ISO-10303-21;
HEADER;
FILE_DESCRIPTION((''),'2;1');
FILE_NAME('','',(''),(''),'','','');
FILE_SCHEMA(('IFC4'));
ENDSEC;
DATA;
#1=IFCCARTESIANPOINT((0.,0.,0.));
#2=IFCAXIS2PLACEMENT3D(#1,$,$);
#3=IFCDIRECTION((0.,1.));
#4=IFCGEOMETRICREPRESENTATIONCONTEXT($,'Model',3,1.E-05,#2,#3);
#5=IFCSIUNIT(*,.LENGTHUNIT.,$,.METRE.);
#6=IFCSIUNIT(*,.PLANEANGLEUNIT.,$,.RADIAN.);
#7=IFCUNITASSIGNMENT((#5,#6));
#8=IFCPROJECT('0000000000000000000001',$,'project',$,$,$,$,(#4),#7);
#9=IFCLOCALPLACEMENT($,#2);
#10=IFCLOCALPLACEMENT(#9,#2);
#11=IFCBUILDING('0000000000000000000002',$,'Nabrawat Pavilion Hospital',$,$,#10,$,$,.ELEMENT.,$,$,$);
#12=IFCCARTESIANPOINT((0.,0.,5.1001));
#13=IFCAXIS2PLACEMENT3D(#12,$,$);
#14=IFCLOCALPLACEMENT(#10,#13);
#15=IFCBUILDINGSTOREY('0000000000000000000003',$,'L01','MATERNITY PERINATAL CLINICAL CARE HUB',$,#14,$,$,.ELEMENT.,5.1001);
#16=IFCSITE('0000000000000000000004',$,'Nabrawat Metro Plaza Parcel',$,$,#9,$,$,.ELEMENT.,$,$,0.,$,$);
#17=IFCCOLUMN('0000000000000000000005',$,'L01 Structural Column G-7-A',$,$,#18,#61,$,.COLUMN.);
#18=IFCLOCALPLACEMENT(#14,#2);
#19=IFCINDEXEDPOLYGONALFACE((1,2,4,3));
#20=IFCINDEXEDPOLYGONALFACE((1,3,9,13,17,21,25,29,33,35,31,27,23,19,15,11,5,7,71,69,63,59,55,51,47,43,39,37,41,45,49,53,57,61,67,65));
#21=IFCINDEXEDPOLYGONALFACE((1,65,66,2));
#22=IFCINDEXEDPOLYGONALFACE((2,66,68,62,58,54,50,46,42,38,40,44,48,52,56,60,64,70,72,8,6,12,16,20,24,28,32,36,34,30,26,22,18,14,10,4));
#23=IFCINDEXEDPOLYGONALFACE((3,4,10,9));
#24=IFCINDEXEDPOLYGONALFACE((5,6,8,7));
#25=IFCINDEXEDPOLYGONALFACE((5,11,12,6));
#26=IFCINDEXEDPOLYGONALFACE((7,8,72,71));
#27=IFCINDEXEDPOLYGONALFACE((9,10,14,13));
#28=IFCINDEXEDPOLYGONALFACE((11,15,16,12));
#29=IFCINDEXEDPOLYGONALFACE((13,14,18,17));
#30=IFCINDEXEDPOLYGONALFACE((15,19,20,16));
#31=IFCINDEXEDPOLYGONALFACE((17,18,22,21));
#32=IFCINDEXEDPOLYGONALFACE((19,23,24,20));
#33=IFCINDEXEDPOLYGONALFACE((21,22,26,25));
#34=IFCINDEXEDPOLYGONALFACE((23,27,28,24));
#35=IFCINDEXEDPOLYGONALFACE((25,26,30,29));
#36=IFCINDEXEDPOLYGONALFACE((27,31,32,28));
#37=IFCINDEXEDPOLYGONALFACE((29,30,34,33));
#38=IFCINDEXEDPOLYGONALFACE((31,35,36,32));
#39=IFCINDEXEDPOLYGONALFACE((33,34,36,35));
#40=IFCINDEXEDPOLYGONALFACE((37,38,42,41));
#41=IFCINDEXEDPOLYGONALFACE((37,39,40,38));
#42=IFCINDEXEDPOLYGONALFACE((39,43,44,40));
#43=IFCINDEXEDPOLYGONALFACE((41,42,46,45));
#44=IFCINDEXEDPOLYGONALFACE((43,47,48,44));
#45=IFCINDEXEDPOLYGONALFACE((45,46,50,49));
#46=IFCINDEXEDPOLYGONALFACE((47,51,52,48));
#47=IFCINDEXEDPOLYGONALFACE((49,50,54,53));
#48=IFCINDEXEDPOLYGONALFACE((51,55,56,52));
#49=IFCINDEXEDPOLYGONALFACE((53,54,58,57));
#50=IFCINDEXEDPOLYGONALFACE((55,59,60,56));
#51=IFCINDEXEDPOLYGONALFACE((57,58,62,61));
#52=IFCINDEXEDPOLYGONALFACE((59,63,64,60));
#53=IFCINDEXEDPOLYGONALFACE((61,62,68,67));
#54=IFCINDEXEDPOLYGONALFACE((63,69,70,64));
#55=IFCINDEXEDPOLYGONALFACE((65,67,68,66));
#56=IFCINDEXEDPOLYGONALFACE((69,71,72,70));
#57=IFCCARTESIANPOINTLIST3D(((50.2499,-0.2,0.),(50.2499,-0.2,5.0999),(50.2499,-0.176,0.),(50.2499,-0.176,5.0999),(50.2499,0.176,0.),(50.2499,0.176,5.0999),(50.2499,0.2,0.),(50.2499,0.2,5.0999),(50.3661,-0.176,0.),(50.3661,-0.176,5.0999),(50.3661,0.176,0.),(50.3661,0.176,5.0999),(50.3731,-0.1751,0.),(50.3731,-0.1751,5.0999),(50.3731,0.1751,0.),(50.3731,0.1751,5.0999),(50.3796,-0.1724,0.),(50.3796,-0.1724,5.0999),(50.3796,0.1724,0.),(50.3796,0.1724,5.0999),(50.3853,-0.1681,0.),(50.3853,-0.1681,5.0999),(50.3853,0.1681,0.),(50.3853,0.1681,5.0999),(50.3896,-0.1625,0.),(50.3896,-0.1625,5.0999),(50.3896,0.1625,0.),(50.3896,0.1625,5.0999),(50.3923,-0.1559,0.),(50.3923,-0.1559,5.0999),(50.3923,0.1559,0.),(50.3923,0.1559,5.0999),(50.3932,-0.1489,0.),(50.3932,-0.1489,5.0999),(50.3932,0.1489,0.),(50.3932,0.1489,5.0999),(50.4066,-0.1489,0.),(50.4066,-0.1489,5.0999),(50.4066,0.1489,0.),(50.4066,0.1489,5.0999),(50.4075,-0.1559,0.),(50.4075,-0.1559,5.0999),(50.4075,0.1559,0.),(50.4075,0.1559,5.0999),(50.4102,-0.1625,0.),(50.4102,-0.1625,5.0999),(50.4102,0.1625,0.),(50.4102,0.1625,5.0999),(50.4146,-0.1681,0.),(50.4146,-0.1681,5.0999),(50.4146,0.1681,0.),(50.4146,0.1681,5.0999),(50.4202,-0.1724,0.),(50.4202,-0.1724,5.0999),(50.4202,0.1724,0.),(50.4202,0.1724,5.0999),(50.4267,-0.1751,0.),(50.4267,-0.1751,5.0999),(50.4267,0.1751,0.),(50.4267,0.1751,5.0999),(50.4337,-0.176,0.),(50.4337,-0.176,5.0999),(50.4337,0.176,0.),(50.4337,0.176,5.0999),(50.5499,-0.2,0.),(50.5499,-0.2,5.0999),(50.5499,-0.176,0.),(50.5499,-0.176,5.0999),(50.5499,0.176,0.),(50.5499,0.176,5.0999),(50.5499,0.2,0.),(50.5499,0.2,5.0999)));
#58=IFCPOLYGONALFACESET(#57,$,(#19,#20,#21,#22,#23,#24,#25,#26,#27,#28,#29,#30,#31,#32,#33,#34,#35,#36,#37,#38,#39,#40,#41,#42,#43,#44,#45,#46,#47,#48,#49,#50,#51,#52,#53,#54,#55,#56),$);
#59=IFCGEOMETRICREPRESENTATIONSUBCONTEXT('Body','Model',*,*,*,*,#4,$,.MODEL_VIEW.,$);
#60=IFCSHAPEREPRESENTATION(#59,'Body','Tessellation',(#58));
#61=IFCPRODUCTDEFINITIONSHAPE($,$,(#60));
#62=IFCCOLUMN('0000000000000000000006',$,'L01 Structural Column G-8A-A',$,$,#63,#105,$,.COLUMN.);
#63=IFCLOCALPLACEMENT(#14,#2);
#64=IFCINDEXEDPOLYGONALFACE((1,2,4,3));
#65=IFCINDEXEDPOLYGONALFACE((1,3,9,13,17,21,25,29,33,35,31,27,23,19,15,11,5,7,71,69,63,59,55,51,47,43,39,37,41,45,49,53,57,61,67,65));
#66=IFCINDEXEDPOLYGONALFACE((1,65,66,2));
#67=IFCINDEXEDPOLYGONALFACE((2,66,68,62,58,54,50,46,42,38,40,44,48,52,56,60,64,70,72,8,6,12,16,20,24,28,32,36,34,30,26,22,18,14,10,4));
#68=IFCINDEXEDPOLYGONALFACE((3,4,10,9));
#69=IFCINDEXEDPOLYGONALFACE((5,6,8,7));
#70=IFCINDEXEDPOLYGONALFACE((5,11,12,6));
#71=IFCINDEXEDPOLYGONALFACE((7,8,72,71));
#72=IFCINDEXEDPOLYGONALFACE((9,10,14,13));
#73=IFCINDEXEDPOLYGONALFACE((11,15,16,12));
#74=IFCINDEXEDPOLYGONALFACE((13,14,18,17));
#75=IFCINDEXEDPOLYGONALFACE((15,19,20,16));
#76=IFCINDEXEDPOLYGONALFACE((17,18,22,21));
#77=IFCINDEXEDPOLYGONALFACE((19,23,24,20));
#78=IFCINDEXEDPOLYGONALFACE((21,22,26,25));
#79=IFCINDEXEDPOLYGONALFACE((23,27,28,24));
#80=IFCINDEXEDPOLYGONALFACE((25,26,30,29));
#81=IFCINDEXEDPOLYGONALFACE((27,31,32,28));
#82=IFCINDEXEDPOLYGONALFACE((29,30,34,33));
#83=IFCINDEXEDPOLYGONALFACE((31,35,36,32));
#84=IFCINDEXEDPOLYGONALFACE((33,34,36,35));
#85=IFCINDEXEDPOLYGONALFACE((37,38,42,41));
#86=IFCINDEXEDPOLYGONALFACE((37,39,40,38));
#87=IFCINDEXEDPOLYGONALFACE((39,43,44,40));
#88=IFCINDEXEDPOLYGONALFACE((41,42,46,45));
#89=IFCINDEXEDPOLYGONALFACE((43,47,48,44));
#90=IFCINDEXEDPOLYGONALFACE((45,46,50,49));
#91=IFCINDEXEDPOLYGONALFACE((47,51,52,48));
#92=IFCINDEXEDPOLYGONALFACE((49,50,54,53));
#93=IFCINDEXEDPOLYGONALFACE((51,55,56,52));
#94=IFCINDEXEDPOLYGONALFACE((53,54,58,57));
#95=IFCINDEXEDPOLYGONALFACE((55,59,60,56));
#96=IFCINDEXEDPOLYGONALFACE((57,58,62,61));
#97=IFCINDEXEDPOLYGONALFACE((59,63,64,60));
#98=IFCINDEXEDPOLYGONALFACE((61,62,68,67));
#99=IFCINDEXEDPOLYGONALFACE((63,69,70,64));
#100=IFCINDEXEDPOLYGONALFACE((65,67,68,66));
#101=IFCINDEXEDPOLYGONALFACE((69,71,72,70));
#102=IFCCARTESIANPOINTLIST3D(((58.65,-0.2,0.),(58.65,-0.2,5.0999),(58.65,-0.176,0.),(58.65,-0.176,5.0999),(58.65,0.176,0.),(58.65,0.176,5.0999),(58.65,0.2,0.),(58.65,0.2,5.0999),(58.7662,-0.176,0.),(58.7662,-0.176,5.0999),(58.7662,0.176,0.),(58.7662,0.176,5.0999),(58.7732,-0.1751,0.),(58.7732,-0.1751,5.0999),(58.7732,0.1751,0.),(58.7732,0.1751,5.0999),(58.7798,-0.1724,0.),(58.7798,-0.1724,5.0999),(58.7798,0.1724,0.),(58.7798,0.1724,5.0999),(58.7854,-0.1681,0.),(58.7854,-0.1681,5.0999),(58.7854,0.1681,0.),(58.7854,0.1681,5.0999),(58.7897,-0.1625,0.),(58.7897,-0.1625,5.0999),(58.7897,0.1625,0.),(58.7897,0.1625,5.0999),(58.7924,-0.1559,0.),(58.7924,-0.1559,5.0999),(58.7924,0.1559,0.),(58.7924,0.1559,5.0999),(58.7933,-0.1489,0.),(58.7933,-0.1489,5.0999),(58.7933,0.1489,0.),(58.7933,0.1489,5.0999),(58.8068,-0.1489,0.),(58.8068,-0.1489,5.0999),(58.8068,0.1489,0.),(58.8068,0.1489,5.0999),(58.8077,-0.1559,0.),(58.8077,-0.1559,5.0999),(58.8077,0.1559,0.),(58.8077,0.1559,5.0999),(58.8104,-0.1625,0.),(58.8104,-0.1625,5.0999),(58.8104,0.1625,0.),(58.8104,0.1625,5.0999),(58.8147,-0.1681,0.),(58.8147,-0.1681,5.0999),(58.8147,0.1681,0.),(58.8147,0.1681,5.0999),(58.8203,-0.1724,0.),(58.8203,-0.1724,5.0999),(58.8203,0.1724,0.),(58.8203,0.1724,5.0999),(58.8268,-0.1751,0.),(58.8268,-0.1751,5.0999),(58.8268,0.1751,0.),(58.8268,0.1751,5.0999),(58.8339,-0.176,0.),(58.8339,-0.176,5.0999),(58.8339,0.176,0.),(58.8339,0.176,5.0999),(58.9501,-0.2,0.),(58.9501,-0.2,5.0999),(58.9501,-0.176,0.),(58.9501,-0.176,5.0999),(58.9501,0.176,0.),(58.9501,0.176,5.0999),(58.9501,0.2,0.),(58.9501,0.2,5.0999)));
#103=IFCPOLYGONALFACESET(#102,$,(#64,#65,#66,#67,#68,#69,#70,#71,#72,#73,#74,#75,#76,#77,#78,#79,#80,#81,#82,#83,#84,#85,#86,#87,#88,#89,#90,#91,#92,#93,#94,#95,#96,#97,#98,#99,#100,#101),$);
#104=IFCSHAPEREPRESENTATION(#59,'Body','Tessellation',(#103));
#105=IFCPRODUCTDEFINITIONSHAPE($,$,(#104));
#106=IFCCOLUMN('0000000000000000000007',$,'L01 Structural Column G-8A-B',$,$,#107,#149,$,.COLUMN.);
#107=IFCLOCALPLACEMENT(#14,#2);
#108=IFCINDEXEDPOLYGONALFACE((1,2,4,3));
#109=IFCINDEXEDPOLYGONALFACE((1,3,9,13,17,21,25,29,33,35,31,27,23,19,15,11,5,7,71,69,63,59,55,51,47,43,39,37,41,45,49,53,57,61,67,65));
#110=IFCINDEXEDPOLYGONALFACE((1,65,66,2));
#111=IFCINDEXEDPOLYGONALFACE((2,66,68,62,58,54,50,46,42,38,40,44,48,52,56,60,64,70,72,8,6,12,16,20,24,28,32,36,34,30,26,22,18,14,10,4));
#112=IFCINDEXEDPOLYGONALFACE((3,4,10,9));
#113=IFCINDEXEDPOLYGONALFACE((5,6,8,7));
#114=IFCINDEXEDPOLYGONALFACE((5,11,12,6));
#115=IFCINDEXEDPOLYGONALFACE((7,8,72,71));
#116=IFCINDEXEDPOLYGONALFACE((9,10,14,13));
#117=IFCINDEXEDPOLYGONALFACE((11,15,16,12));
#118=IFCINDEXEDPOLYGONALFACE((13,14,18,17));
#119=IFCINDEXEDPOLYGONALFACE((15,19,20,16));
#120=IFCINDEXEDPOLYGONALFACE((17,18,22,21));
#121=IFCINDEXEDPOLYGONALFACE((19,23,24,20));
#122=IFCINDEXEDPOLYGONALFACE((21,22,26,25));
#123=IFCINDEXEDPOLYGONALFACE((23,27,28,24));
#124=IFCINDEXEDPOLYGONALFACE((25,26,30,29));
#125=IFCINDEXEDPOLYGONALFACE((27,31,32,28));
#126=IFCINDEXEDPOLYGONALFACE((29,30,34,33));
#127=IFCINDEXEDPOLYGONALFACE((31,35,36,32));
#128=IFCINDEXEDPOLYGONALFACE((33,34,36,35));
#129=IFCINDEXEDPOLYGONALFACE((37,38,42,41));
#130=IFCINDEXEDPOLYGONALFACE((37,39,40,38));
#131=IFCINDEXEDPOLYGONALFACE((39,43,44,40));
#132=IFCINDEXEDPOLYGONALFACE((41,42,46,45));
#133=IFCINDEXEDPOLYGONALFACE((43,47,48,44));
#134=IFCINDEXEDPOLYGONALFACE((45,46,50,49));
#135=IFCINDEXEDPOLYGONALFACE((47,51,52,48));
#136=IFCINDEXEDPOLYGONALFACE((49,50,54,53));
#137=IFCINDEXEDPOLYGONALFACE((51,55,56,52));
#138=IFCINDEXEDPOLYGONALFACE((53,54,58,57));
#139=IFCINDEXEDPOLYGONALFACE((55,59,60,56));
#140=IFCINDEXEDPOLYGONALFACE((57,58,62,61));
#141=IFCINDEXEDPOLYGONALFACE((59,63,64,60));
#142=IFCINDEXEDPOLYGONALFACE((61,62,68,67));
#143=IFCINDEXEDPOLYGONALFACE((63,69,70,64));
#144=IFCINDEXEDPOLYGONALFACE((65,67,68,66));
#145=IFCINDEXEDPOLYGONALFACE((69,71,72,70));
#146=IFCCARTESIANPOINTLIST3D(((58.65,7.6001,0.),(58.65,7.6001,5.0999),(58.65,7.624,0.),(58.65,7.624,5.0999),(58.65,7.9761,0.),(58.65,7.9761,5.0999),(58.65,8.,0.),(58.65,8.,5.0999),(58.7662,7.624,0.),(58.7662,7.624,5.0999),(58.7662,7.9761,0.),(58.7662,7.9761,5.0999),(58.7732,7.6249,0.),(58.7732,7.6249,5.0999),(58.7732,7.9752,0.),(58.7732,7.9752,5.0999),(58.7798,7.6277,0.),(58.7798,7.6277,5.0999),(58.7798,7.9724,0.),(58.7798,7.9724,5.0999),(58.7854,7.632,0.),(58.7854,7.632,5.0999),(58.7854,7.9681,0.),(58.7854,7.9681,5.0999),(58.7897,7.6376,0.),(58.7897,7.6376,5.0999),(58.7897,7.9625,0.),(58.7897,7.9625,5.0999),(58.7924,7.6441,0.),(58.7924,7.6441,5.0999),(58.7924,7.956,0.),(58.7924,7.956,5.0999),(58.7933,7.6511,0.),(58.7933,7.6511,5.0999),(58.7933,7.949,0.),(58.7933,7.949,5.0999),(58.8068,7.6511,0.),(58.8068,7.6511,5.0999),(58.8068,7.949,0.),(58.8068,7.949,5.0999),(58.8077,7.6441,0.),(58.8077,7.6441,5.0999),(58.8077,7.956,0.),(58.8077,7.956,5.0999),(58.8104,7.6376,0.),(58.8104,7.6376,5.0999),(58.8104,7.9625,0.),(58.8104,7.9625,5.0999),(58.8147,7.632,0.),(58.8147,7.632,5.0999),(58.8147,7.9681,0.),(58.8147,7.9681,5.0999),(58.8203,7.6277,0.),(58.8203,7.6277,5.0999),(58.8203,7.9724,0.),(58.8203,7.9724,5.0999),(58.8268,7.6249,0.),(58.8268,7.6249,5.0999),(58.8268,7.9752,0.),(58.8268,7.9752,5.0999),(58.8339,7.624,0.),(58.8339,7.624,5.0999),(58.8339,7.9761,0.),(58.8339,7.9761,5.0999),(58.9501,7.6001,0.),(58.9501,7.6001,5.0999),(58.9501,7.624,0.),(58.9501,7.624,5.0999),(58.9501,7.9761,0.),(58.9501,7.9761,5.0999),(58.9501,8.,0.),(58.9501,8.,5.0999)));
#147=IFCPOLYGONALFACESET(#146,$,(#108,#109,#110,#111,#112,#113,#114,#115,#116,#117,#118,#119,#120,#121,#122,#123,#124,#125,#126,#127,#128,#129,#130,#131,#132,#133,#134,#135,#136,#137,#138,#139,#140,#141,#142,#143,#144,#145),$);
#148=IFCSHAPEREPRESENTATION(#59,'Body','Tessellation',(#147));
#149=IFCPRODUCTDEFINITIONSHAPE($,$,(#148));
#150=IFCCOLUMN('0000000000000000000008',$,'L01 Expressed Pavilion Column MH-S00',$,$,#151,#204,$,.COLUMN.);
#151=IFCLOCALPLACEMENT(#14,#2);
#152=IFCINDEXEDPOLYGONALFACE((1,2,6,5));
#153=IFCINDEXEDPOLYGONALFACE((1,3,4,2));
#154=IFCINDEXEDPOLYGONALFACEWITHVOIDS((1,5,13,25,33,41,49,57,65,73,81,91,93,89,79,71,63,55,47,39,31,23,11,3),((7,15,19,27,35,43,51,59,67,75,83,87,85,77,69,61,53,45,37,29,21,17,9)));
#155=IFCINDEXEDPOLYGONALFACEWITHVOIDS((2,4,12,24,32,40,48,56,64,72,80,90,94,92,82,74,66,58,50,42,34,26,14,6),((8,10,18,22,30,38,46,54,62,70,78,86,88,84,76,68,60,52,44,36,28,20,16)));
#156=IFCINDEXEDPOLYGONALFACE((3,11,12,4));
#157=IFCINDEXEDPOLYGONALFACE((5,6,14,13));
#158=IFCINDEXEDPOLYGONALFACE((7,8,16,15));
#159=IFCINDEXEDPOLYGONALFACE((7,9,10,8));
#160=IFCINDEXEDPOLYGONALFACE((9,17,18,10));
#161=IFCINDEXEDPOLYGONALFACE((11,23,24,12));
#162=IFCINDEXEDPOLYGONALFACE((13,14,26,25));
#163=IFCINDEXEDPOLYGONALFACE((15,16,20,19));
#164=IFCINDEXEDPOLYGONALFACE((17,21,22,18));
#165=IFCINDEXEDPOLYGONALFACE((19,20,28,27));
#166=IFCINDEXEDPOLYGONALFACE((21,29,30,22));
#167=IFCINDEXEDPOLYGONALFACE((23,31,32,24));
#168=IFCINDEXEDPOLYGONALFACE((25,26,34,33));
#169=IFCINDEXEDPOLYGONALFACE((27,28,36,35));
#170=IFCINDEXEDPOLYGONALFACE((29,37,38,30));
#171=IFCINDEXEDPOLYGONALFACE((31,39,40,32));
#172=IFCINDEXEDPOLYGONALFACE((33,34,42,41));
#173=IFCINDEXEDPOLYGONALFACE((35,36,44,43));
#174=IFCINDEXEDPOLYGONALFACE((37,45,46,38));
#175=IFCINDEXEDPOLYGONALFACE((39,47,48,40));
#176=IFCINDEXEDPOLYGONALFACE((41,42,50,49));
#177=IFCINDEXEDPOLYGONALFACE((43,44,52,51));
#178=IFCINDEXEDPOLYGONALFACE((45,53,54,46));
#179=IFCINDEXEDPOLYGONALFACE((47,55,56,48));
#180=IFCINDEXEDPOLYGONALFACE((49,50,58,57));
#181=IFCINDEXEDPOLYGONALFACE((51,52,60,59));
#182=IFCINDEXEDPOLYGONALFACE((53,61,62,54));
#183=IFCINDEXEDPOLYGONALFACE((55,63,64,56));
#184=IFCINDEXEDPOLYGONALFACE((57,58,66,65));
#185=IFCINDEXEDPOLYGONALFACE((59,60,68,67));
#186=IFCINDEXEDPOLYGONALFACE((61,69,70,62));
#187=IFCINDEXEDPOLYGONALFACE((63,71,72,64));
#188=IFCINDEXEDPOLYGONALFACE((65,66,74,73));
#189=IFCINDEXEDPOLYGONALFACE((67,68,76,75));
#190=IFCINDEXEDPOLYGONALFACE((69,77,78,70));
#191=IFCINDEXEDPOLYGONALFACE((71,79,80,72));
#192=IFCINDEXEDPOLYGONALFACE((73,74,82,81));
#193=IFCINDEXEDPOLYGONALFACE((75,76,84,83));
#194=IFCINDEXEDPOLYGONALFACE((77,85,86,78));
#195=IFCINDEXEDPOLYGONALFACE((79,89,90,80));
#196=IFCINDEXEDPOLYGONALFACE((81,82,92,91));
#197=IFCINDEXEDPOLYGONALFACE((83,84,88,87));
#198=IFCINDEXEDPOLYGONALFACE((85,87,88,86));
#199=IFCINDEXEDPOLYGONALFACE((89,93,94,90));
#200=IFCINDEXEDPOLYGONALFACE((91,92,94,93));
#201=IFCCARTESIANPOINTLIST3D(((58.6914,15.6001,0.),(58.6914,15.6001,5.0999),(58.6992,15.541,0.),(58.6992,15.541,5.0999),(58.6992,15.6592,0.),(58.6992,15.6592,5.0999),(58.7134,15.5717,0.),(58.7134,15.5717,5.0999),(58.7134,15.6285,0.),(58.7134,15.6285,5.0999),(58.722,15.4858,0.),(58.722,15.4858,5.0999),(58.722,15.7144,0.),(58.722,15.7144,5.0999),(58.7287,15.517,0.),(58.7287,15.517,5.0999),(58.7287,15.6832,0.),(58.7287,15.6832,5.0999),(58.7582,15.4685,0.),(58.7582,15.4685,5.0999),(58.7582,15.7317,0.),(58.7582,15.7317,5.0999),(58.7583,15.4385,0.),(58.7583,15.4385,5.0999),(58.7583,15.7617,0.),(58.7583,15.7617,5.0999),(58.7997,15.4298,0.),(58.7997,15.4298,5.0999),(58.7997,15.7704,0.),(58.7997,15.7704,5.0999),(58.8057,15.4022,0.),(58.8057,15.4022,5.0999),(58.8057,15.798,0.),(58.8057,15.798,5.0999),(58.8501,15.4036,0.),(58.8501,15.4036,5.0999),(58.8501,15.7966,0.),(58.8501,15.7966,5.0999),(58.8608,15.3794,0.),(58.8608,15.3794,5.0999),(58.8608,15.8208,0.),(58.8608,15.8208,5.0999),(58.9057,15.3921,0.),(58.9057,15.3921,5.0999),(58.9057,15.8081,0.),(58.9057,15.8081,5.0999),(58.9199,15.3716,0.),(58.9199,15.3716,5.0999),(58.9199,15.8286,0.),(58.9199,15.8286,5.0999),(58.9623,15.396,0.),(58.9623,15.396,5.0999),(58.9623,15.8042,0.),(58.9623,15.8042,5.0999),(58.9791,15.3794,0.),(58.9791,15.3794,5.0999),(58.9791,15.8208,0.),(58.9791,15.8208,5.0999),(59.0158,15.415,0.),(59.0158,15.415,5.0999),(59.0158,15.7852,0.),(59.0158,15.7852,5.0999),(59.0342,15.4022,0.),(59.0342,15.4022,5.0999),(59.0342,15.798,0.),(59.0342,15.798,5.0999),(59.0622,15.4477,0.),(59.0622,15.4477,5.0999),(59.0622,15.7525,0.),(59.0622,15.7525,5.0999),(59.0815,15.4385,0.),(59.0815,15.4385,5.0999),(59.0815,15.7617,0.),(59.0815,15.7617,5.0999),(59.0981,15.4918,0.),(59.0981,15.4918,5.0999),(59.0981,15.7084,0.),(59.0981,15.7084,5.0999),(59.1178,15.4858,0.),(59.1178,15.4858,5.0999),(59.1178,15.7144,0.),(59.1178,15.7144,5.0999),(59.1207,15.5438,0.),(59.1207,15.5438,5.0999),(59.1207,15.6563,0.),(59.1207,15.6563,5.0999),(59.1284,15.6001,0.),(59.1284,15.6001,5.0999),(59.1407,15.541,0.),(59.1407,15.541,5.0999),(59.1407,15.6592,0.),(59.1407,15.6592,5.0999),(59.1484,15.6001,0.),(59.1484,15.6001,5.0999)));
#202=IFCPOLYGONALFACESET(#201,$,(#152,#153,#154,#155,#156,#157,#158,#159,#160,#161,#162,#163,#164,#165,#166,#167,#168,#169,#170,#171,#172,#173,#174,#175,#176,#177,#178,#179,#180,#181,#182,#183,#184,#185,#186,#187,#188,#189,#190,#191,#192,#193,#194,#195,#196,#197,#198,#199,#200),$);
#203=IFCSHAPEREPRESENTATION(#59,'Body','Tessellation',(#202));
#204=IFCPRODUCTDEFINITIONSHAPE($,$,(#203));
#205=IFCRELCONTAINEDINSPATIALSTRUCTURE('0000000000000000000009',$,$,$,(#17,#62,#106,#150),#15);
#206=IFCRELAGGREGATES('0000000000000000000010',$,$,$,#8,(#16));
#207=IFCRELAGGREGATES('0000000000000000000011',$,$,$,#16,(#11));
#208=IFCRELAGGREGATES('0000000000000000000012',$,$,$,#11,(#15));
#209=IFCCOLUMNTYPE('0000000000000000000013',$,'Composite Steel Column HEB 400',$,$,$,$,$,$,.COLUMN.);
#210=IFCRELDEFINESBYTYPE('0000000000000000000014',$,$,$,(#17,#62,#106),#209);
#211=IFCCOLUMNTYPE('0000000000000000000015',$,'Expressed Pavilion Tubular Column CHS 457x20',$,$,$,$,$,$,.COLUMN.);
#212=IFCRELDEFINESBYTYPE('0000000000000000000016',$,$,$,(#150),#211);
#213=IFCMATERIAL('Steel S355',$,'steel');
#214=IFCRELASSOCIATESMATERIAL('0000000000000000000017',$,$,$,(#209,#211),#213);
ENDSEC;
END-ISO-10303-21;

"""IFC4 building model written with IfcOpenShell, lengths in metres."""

from ifc_helpers import new_model, si_unit, direction, frame, origin, origin_2d, place, context, subcontext, project, spatial, hollow_circle, i_section, extrude, material, material_profile, profile_set, type_object, element, save


model = new_model("IFC4")

# Units and contexts
model_context = context("Model", 3, precision=1e-05, world=origin(), true_north=direction((0.0, 1.0)))
body_context = subcontext(model_context, "Body", "Model", "MODEL_VIEW")
ifc_project = project(units=[si_unit("LENGTHUNIT", "METRE"), si_unit("PLANEANGLEUNIT", "RADIAN")], contexts=[model_context])

# Site, building, storey
site_placement = place(None, origin())
site = spatial("IfcSite", under=ifc_project, at=site_placement, Name="Nabrawat Metro Plaza Parcel", CompositionType="ELEMENT", RefElevation=0.0)
building_placement = place(site_placement, origin())
building = spatial("IfcBuilding", under=site, at=building_placement, Name="Nabrawat Pavilion Hospital", CompositionType="ELEMENT")
storey_placement = place(building_placement, frame((0.0, 0.0, 5.1001)))
storey = spatial("IfcBuildingStorey", under=building, at=storey_placement, Name="L01", Description="MATERNITY PERINATAL CLINICAL CARE HUB", CompositionType="ELEMENT", Elevation=5.1001)

# Columns
ifc_material_1 = material(Name="Steel S355", Category="steel")
ifc_material_profile_1 = material_profile(ifc_material_1, i_section(OverallWidth=0.3, OverallDepth=0.3999, WebThickness=0.0134, FlangeThickness=0.0239, FilletRadius=0.0271, at=origin_2d()), Name="HEB 400")
ifc_profile_set_1 = profile_set([ifc_material_profile_1], Name="Steel S355")
column_type_1 = type_object("IfcColumnType", Name="Composite Steel Column HEB 400", PredefinedType="COLUMN", material=ifc_profile_set_1)
for number, where, z_axis, x_axis, name in (
    (1, (50.3999, 0.0, 0.0), (0.0, 0.0, 1.0), (1.0, 0.0, 0.0), "L01 Structural Column G-7-A"),
    (2, (58.8, 0.0, 0.0), (0.0, 0.0, 1.0), (1.0, 0.0, 0.0), "L01 Structural Column G-8A-A"),
    (3, (58.8, 7.8, 0.0), (0.0, 0.0, 1.0), (1.0, 0.0, 0.0), "L01 Structural Column G-8A-B"),
):
    element("IfcColumn", number, at=place(storey_placement, frame(where, z_axis=z_axis, x_axis=x_axis)), inside=storey, type_object=column_type_1, Name=name, PredefinedType="COLUMN", context=body_context, shape_type="SweptSolid", body=[
        extrude(i_section(OverallWidth=0.3, OverallDepth=0.3999, WebThickness=0.0134, FlangeThickness=0.0239, FilletRadius=0.0271, at=origin_2d()), origin(), (0.0, 0.0, 1.0), 5.0999),
    ])
ifc_material_profile_2 = material_profile(ifc_material_1, hollow_circle(Radius=0.2285, WallThickness=0.02, at=origin_2d()), Name="CHS 457x20")
ifc_profile_set_2 = profile_set([ifc_material_profile_2], Name="Steel S355")
column_type_2 = type_object("IfcColumnType", Name="Expressed Pavilion Tubular Column CHS 457x20", PredefinedType="COLUMN", material=ifc_profile_set_2)
for number, where, z_axis, x_axis, name in (
    (4, (58.9199, 15.6001, 0.0), (0.0, 0.0, 1.0), (1.0, 0.0, 0.0), "L01 Expressed Pavilion Column MH-S00"),
):
    element("IfcColumn", number, at=place(storey_placement, frame(where, z_axis=z_axis, x_axis=x_axis)), inside=storey, type_object=column_type_2, Name=name, PredefinedType="COLUMN", context=body_context, shape_type="SweptSolid", body=[
        extrude(hollow_circle(Radius=0.2285, WallThickness=0.02, at=origin_2d()), origin(), (0.0, 0.0, 1.0), 5.0999),
    ])

save(model, "model.ifc")
